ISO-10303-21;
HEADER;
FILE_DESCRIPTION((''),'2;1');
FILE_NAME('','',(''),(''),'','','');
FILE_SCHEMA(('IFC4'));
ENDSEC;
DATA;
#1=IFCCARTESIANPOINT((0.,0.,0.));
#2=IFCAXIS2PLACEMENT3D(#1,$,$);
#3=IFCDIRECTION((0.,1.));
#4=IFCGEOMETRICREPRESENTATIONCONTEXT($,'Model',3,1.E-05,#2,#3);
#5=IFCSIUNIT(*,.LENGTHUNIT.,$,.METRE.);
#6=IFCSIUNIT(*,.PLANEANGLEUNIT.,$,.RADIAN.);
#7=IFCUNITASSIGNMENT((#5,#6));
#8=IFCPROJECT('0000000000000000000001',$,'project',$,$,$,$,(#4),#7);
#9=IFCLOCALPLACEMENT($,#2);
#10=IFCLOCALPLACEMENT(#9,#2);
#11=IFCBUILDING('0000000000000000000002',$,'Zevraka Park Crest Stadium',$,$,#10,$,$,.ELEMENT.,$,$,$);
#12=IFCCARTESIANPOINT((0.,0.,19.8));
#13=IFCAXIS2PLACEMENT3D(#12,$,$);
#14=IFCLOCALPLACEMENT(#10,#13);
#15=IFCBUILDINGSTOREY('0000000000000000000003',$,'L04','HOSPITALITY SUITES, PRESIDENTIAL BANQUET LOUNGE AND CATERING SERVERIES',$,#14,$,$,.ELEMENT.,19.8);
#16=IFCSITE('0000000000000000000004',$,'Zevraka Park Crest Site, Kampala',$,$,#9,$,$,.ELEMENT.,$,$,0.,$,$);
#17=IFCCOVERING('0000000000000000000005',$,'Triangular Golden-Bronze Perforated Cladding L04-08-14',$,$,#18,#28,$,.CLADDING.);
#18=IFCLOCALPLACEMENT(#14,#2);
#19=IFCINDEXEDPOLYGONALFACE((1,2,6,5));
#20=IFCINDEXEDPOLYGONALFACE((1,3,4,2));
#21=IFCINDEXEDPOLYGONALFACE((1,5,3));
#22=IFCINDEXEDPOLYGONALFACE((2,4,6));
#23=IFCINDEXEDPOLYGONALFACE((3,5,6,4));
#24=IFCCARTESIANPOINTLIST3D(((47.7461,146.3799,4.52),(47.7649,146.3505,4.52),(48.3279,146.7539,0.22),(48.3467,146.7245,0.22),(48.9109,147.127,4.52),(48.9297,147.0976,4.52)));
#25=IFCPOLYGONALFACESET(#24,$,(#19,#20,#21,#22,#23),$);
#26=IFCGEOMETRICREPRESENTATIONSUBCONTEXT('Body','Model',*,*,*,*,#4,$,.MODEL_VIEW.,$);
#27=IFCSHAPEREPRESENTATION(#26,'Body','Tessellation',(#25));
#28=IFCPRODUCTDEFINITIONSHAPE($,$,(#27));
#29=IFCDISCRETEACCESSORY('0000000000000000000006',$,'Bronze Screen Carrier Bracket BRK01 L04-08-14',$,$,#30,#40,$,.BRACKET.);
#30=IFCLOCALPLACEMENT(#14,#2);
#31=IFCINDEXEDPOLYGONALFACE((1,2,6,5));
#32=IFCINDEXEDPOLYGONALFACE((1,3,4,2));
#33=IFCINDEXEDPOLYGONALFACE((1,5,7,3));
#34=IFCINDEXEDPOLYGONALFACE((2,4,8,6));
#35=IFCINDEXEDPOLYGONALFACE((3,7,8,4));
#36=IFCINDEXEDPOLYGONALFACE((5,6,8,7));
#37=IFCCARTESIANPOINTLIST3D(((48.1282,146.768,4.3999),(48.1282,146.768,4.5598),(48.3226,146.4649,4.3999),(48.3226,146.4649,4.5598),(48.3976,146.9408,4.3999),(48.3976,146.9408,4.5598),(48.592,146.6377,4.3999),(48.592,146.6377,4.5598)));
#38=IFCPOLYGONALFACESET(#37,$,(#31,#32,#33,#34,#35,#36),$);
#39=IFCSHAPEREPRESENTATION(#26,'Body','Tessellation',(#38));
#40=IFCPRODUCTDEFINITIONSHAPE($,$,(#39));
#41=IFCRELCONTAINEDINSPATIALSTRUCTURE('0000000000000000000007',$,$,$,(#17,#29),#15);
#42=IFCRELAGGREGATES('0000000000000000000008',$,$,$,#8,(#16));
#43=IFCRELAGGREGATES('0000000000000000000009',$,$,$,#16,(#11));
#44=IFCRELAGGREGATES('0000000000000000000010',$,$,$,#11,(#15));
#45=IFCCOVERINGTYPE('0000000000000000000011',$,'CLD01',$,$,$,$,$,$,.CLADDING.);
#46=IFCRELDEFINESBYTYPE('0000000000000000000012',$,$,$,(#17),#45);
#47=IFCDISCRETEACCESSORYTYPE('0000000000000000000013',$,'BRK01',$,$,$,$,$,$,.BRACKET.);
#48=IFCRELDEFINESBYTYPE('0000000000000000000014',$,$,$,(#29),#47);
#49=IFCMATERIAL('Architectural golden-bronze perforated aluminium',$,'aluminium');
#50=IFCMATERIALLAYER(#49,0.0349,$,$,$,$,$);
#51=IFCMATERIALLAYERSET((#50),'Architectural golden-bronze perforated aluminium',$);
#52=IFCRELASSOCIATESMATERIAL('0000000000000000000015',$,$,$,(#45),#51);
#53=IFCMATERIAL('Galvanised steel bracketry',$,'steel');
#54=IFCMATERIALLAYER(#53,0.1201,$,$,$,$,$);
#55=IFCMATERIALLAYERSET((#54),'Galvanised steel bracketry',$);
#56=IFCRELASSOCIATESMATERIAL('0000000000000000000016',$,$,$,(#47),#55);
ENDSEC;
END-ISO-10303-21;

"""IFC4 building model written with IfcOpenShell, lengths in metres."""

from ifc_helpers import new_model, si_unit, direction, frame, origin, origin_2d, place, context, subcontext, project, spatial, polyline, rectangle, outline, extrude, material, layer, layer_set, type_object, element, save


model = new_model("IFC4")

# Units and contexts
model_context = context("Model", 3, precision=1e-05, world=origin(), true_north=direction((0.0, 1.0)))
body_context = subcontext(model_context, "Body", "Model", "MODEL_VIEW")
ifc_project = project(units=[si_unit("LENGTHUNIT", "METRE"), si_unit("PLANEANGLEUNIT", "RADIAN")], contexts=[model_context])

# Site, building, storey
site_placement = place(None, origin())
site = spatial("IfcSite", under=ifc_project, at=site_placement, Name="Zevraka Park Crest Site, Kampala", CompositionType="ELEMENT", RefElevation=0.0)
building_placement = place(site_placement, origin())
building = spatial("IfcBuilding", under=site, at=building_placement, Name="Zevraka Park Crest Stadium", CompositionType="ELEMENT")
storey_placement = place(building_placement, frame((0.0, 0.0, 19.8)))
storey = spatial("IfcBuildingStorey", under=building, at=storey_placement, Name="L04", Description="HOSPITALITY SUITES, PRESIDENTIAL BANQUET LOUNGE AND CATERING SERVERIES", CompositionType="ELEMENT", Elevation=19.8)

# Covering
ifc_material_1 = material(Name="Architectural golden-bronze perforated aluminium", Category="aluminium")
ifc_layer_1 = layer(ifc_material_1, 0.0349)
ifc_layer_set_1 = layer_set([ifc_layer_1], Name="Architectural golden-bronze perforated aluminium")
covering_type = type_object("IfcCoveringType", Name="CLD01", PredefinedType="CLADDING", material=ifc_layer_set_1)
covering_placement = place(storey_placement, frame((47.7461, 146.3799, 4.52), z_axis=(-0.539875, 0.841746, 0.000172), x_axis=(0.841746, 0.539875, 0.0)))
element("IfcCovering", 1, at=covering_placement, inside=storey, type_object=covering_type, Name="Triangular Golden-Bronze Perforated Cladding L04-08-14", PredefinedType="CLADDING", context=body_context, shape_type="SweptSolid", body=[
    extrude(outline(polyline([(0.0, 0.0), (1.3838, 0.0), (0.6916, 4.3), (0.0, 0.0)])), origin(), (0.0, 0.0, -1.0), 0.0349),
])

# Discrete accessory
ifc_material_2 = material(Name="Galvanised steel bracketry", Category="steel")
ifc_layer_2 = layer(ifc_material_2, 0.1201)
ifc_layer_set_2 = layer_set([ifc_layer_2], Name="Galvanised steel bracketry")
discrete_accessory_type = type_object("IfcDiscreteAccessoryType", Name="BRK01", PredefinedType="BRACKET", material=ifc_layer_set_2)
discrete_accessory_placement = place(storey_placement, frame((48.3601, 146.7029, 4.3999), z_axis=(0.0, 0.0, 1.0), x_axis=(-0.841699, -0.539947, 0.0)))
element("IfcDiscreteAccessory", 2, at=discrete_accessory_placement, inside=storey, type_object=discrete_accessory_type, Name="Bronze Screen Carrier Bracket BRK01 L04-08-14", PredefinedType="BRACKET", context=body_context, shape_type="SweptSolid", body=[
    extrude(rectangle(XDim=0.3201, YDim=0.3601, at=origin_2d()), origin(), (0.0, 0.0, 1.0), 0.1599),
])

save(model, "model.ifc")
